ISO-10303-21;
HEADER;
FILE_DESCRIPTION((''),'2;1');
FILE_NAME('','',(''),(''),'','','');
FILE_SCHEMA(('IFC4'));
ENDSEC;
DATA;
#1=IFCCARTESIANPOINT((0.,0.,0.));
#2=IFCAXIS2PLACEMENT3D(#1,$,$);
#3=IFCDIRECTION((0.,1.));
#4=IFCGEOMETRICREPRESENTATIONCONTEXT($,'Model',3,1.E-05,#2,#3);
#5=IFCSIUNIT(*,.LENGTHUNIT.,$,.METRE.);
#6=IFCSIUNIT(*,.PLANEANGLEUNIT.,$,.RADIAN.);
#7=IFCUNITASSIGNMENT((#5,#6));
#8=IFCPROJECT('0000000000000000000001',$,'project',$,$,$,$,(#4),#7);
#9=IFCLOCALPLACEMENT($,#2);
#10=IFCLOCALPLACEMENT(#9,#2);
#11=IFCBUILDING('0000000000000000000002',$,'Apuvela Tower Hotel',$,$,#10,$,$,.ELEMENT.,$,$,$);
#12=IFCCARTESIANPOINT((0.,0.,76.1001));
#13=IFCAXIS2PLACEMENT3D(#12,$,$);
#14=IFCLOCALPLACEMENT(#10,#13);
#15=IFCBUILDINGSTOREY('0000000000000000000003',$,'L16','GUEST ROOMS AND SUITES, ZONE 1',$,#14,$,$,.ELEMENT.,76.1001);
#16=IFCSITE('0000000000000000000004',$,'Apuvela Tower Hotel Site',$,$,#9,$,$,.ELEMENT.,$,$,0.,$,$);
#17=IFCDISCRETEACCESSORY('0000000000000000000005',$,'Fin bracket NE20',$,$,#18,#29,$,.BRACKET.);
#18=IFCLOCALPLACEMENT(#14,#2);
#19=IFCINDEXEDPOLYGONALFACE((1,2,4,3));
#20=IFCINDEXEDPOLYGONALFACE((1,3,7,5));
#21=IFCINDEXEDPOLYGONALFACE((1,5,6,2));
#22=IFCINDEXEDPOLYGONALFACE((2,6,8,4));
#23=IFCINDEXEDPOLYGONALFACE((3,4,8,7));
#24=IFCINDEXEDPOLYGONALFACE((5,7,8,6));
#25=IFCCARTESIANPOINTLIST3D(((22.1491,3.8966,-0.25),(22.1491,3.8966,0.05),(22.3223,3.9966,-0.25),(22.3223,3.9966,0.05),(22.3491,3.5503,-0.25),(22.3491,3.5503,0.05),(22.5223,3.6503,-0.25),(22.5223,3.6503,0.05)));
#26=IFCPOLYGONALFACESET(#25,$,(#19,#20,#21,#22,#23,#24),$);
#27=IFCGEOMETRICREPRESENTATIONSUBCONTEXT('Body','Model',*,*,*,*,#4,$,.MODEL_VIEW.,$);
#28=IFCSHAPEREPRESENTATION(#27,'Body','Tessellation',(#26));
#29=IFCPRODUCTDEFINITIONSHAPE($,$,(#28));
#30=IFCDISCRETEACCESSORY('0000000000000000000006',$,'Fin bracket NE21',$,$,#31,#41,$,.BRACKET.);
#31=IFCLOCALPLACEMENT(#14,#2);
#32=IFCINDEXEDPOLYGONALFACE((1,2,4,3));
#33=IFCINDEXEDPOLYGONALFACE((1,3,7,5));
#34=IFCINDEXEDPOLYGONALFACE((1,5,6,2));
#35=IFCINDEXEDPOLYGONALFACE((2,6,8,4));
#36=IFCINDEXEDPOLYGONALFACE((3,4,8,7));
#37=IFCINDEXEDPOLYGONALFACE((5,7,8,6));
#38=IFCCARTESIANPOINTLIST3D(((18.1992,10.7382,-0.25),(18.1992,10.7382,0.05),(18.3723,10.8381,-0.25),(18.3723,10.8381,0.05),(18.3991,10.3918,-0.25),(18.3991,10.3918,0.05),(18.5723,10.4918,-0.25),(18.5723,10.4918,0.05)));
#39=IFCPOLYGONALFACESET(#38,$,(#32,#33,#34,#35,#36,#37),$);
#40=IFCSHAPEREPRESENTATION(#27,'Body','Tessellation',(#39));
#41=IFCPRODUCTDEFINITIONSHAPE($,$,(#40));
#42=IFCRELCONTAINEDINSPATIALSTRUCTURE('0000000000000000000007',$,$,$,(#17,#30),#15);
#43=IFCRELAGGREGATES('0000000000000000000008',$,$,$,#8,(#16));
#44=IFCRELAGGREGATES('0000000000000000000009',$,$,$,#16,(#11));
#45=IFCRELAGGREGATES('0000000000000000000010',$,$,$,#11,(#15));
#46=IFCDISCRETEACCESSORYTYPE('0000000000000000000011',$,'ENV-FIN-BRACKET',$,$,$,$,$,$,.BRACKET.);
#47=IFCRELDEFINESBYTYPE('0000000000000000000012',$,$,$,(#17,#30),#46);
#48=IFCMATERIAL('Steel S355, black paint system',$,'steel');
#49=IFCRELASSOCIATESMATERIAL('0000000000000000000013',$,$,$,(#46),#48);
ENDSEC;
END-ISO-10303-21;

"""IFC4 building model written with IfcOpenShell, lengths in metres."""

from ifc_helpers import new_model, si_unit, direction, frame, origin, origin_2d, place, context, subcontext, project, spatial, rectangle, extrude, material, type_object, element, save


model = new_model("IFC4")

# Units and contexts
model_context = context("Model", 3, precision=1e-05, world=origin(), true_north=direction((0.0, 1.0)))
body_context = subcontext(model_context, "Body", "Model", "MODEL_VIEW")
ifc_project = project(units=[si_unit("LENGTHUNIT", "METRE"), si_unit("PLANEANGLEUNIT", "RADIAN")], contexts=[model_context])

# Site, building, storey
site_placement = place(None, origin())
site = spatial("IfcSite", under=ifc_project, at=site_placement, Name="Apuvela Tower Hotel Site", CompositionType="ELEMENT", RefElevation=0.0)
building_placement = place(site_placement, origin())
building = spatial("IfcBuilding", under=site, at=building_placement, Name="Apuvela Tower Hotel", CompositionType="ELEMENT")
storey_placement = place(building_placement, frame((0.0, 0.0, 76.1001)))
storey = spatial("IfcBuildingStorey", under=building, at=storey_placement, Name="L16", Description="GUEST ROOMS AND SUITES, ZONE 1", CompositionType="ELEMENT", Elevation=76.1001)

# Discrete accessories
ifc_material_1 = material(Name="Steel S355, black paint system", Category="steel")
discrete_accessory_type = type_object("IfcDiscreteAccessoryType", Name="ENV-FIN-BRACKET", PredefinedType="BRACKET", material=ifc_material_1)
for number, where, z_axis, x_axis, name in (
    (1, (22.3357, 3.7734, -0.25), (0.0, 0.0, 1.0), (-0.5, 0.866025, 0.0), "Fin bracket NE20"),
    (2, (18.3857, 10.615, -0.25), (0.0, 0.0, 1.0), (-0.5, 0.866025, 0.0), "Fin bracket NE21"),
):
    element("IfcDiscreteAccessory", number, at=place(storey_placement, frame(where, z_axis=z_axis, x_axis=x_axis)), inside=storey, type_object=discrete_accessory_type, Name=name, PredefinedType="BRACKET", context=body_context, shape_type="SweptSolid", body=[
        extrude(rectangle(XDim=0.3999, YDim=0.2, at=origin_2d()), origin(), (0.0, 0.0, 1.0), 0.3),
    ])

save(model, "model.ifc")
